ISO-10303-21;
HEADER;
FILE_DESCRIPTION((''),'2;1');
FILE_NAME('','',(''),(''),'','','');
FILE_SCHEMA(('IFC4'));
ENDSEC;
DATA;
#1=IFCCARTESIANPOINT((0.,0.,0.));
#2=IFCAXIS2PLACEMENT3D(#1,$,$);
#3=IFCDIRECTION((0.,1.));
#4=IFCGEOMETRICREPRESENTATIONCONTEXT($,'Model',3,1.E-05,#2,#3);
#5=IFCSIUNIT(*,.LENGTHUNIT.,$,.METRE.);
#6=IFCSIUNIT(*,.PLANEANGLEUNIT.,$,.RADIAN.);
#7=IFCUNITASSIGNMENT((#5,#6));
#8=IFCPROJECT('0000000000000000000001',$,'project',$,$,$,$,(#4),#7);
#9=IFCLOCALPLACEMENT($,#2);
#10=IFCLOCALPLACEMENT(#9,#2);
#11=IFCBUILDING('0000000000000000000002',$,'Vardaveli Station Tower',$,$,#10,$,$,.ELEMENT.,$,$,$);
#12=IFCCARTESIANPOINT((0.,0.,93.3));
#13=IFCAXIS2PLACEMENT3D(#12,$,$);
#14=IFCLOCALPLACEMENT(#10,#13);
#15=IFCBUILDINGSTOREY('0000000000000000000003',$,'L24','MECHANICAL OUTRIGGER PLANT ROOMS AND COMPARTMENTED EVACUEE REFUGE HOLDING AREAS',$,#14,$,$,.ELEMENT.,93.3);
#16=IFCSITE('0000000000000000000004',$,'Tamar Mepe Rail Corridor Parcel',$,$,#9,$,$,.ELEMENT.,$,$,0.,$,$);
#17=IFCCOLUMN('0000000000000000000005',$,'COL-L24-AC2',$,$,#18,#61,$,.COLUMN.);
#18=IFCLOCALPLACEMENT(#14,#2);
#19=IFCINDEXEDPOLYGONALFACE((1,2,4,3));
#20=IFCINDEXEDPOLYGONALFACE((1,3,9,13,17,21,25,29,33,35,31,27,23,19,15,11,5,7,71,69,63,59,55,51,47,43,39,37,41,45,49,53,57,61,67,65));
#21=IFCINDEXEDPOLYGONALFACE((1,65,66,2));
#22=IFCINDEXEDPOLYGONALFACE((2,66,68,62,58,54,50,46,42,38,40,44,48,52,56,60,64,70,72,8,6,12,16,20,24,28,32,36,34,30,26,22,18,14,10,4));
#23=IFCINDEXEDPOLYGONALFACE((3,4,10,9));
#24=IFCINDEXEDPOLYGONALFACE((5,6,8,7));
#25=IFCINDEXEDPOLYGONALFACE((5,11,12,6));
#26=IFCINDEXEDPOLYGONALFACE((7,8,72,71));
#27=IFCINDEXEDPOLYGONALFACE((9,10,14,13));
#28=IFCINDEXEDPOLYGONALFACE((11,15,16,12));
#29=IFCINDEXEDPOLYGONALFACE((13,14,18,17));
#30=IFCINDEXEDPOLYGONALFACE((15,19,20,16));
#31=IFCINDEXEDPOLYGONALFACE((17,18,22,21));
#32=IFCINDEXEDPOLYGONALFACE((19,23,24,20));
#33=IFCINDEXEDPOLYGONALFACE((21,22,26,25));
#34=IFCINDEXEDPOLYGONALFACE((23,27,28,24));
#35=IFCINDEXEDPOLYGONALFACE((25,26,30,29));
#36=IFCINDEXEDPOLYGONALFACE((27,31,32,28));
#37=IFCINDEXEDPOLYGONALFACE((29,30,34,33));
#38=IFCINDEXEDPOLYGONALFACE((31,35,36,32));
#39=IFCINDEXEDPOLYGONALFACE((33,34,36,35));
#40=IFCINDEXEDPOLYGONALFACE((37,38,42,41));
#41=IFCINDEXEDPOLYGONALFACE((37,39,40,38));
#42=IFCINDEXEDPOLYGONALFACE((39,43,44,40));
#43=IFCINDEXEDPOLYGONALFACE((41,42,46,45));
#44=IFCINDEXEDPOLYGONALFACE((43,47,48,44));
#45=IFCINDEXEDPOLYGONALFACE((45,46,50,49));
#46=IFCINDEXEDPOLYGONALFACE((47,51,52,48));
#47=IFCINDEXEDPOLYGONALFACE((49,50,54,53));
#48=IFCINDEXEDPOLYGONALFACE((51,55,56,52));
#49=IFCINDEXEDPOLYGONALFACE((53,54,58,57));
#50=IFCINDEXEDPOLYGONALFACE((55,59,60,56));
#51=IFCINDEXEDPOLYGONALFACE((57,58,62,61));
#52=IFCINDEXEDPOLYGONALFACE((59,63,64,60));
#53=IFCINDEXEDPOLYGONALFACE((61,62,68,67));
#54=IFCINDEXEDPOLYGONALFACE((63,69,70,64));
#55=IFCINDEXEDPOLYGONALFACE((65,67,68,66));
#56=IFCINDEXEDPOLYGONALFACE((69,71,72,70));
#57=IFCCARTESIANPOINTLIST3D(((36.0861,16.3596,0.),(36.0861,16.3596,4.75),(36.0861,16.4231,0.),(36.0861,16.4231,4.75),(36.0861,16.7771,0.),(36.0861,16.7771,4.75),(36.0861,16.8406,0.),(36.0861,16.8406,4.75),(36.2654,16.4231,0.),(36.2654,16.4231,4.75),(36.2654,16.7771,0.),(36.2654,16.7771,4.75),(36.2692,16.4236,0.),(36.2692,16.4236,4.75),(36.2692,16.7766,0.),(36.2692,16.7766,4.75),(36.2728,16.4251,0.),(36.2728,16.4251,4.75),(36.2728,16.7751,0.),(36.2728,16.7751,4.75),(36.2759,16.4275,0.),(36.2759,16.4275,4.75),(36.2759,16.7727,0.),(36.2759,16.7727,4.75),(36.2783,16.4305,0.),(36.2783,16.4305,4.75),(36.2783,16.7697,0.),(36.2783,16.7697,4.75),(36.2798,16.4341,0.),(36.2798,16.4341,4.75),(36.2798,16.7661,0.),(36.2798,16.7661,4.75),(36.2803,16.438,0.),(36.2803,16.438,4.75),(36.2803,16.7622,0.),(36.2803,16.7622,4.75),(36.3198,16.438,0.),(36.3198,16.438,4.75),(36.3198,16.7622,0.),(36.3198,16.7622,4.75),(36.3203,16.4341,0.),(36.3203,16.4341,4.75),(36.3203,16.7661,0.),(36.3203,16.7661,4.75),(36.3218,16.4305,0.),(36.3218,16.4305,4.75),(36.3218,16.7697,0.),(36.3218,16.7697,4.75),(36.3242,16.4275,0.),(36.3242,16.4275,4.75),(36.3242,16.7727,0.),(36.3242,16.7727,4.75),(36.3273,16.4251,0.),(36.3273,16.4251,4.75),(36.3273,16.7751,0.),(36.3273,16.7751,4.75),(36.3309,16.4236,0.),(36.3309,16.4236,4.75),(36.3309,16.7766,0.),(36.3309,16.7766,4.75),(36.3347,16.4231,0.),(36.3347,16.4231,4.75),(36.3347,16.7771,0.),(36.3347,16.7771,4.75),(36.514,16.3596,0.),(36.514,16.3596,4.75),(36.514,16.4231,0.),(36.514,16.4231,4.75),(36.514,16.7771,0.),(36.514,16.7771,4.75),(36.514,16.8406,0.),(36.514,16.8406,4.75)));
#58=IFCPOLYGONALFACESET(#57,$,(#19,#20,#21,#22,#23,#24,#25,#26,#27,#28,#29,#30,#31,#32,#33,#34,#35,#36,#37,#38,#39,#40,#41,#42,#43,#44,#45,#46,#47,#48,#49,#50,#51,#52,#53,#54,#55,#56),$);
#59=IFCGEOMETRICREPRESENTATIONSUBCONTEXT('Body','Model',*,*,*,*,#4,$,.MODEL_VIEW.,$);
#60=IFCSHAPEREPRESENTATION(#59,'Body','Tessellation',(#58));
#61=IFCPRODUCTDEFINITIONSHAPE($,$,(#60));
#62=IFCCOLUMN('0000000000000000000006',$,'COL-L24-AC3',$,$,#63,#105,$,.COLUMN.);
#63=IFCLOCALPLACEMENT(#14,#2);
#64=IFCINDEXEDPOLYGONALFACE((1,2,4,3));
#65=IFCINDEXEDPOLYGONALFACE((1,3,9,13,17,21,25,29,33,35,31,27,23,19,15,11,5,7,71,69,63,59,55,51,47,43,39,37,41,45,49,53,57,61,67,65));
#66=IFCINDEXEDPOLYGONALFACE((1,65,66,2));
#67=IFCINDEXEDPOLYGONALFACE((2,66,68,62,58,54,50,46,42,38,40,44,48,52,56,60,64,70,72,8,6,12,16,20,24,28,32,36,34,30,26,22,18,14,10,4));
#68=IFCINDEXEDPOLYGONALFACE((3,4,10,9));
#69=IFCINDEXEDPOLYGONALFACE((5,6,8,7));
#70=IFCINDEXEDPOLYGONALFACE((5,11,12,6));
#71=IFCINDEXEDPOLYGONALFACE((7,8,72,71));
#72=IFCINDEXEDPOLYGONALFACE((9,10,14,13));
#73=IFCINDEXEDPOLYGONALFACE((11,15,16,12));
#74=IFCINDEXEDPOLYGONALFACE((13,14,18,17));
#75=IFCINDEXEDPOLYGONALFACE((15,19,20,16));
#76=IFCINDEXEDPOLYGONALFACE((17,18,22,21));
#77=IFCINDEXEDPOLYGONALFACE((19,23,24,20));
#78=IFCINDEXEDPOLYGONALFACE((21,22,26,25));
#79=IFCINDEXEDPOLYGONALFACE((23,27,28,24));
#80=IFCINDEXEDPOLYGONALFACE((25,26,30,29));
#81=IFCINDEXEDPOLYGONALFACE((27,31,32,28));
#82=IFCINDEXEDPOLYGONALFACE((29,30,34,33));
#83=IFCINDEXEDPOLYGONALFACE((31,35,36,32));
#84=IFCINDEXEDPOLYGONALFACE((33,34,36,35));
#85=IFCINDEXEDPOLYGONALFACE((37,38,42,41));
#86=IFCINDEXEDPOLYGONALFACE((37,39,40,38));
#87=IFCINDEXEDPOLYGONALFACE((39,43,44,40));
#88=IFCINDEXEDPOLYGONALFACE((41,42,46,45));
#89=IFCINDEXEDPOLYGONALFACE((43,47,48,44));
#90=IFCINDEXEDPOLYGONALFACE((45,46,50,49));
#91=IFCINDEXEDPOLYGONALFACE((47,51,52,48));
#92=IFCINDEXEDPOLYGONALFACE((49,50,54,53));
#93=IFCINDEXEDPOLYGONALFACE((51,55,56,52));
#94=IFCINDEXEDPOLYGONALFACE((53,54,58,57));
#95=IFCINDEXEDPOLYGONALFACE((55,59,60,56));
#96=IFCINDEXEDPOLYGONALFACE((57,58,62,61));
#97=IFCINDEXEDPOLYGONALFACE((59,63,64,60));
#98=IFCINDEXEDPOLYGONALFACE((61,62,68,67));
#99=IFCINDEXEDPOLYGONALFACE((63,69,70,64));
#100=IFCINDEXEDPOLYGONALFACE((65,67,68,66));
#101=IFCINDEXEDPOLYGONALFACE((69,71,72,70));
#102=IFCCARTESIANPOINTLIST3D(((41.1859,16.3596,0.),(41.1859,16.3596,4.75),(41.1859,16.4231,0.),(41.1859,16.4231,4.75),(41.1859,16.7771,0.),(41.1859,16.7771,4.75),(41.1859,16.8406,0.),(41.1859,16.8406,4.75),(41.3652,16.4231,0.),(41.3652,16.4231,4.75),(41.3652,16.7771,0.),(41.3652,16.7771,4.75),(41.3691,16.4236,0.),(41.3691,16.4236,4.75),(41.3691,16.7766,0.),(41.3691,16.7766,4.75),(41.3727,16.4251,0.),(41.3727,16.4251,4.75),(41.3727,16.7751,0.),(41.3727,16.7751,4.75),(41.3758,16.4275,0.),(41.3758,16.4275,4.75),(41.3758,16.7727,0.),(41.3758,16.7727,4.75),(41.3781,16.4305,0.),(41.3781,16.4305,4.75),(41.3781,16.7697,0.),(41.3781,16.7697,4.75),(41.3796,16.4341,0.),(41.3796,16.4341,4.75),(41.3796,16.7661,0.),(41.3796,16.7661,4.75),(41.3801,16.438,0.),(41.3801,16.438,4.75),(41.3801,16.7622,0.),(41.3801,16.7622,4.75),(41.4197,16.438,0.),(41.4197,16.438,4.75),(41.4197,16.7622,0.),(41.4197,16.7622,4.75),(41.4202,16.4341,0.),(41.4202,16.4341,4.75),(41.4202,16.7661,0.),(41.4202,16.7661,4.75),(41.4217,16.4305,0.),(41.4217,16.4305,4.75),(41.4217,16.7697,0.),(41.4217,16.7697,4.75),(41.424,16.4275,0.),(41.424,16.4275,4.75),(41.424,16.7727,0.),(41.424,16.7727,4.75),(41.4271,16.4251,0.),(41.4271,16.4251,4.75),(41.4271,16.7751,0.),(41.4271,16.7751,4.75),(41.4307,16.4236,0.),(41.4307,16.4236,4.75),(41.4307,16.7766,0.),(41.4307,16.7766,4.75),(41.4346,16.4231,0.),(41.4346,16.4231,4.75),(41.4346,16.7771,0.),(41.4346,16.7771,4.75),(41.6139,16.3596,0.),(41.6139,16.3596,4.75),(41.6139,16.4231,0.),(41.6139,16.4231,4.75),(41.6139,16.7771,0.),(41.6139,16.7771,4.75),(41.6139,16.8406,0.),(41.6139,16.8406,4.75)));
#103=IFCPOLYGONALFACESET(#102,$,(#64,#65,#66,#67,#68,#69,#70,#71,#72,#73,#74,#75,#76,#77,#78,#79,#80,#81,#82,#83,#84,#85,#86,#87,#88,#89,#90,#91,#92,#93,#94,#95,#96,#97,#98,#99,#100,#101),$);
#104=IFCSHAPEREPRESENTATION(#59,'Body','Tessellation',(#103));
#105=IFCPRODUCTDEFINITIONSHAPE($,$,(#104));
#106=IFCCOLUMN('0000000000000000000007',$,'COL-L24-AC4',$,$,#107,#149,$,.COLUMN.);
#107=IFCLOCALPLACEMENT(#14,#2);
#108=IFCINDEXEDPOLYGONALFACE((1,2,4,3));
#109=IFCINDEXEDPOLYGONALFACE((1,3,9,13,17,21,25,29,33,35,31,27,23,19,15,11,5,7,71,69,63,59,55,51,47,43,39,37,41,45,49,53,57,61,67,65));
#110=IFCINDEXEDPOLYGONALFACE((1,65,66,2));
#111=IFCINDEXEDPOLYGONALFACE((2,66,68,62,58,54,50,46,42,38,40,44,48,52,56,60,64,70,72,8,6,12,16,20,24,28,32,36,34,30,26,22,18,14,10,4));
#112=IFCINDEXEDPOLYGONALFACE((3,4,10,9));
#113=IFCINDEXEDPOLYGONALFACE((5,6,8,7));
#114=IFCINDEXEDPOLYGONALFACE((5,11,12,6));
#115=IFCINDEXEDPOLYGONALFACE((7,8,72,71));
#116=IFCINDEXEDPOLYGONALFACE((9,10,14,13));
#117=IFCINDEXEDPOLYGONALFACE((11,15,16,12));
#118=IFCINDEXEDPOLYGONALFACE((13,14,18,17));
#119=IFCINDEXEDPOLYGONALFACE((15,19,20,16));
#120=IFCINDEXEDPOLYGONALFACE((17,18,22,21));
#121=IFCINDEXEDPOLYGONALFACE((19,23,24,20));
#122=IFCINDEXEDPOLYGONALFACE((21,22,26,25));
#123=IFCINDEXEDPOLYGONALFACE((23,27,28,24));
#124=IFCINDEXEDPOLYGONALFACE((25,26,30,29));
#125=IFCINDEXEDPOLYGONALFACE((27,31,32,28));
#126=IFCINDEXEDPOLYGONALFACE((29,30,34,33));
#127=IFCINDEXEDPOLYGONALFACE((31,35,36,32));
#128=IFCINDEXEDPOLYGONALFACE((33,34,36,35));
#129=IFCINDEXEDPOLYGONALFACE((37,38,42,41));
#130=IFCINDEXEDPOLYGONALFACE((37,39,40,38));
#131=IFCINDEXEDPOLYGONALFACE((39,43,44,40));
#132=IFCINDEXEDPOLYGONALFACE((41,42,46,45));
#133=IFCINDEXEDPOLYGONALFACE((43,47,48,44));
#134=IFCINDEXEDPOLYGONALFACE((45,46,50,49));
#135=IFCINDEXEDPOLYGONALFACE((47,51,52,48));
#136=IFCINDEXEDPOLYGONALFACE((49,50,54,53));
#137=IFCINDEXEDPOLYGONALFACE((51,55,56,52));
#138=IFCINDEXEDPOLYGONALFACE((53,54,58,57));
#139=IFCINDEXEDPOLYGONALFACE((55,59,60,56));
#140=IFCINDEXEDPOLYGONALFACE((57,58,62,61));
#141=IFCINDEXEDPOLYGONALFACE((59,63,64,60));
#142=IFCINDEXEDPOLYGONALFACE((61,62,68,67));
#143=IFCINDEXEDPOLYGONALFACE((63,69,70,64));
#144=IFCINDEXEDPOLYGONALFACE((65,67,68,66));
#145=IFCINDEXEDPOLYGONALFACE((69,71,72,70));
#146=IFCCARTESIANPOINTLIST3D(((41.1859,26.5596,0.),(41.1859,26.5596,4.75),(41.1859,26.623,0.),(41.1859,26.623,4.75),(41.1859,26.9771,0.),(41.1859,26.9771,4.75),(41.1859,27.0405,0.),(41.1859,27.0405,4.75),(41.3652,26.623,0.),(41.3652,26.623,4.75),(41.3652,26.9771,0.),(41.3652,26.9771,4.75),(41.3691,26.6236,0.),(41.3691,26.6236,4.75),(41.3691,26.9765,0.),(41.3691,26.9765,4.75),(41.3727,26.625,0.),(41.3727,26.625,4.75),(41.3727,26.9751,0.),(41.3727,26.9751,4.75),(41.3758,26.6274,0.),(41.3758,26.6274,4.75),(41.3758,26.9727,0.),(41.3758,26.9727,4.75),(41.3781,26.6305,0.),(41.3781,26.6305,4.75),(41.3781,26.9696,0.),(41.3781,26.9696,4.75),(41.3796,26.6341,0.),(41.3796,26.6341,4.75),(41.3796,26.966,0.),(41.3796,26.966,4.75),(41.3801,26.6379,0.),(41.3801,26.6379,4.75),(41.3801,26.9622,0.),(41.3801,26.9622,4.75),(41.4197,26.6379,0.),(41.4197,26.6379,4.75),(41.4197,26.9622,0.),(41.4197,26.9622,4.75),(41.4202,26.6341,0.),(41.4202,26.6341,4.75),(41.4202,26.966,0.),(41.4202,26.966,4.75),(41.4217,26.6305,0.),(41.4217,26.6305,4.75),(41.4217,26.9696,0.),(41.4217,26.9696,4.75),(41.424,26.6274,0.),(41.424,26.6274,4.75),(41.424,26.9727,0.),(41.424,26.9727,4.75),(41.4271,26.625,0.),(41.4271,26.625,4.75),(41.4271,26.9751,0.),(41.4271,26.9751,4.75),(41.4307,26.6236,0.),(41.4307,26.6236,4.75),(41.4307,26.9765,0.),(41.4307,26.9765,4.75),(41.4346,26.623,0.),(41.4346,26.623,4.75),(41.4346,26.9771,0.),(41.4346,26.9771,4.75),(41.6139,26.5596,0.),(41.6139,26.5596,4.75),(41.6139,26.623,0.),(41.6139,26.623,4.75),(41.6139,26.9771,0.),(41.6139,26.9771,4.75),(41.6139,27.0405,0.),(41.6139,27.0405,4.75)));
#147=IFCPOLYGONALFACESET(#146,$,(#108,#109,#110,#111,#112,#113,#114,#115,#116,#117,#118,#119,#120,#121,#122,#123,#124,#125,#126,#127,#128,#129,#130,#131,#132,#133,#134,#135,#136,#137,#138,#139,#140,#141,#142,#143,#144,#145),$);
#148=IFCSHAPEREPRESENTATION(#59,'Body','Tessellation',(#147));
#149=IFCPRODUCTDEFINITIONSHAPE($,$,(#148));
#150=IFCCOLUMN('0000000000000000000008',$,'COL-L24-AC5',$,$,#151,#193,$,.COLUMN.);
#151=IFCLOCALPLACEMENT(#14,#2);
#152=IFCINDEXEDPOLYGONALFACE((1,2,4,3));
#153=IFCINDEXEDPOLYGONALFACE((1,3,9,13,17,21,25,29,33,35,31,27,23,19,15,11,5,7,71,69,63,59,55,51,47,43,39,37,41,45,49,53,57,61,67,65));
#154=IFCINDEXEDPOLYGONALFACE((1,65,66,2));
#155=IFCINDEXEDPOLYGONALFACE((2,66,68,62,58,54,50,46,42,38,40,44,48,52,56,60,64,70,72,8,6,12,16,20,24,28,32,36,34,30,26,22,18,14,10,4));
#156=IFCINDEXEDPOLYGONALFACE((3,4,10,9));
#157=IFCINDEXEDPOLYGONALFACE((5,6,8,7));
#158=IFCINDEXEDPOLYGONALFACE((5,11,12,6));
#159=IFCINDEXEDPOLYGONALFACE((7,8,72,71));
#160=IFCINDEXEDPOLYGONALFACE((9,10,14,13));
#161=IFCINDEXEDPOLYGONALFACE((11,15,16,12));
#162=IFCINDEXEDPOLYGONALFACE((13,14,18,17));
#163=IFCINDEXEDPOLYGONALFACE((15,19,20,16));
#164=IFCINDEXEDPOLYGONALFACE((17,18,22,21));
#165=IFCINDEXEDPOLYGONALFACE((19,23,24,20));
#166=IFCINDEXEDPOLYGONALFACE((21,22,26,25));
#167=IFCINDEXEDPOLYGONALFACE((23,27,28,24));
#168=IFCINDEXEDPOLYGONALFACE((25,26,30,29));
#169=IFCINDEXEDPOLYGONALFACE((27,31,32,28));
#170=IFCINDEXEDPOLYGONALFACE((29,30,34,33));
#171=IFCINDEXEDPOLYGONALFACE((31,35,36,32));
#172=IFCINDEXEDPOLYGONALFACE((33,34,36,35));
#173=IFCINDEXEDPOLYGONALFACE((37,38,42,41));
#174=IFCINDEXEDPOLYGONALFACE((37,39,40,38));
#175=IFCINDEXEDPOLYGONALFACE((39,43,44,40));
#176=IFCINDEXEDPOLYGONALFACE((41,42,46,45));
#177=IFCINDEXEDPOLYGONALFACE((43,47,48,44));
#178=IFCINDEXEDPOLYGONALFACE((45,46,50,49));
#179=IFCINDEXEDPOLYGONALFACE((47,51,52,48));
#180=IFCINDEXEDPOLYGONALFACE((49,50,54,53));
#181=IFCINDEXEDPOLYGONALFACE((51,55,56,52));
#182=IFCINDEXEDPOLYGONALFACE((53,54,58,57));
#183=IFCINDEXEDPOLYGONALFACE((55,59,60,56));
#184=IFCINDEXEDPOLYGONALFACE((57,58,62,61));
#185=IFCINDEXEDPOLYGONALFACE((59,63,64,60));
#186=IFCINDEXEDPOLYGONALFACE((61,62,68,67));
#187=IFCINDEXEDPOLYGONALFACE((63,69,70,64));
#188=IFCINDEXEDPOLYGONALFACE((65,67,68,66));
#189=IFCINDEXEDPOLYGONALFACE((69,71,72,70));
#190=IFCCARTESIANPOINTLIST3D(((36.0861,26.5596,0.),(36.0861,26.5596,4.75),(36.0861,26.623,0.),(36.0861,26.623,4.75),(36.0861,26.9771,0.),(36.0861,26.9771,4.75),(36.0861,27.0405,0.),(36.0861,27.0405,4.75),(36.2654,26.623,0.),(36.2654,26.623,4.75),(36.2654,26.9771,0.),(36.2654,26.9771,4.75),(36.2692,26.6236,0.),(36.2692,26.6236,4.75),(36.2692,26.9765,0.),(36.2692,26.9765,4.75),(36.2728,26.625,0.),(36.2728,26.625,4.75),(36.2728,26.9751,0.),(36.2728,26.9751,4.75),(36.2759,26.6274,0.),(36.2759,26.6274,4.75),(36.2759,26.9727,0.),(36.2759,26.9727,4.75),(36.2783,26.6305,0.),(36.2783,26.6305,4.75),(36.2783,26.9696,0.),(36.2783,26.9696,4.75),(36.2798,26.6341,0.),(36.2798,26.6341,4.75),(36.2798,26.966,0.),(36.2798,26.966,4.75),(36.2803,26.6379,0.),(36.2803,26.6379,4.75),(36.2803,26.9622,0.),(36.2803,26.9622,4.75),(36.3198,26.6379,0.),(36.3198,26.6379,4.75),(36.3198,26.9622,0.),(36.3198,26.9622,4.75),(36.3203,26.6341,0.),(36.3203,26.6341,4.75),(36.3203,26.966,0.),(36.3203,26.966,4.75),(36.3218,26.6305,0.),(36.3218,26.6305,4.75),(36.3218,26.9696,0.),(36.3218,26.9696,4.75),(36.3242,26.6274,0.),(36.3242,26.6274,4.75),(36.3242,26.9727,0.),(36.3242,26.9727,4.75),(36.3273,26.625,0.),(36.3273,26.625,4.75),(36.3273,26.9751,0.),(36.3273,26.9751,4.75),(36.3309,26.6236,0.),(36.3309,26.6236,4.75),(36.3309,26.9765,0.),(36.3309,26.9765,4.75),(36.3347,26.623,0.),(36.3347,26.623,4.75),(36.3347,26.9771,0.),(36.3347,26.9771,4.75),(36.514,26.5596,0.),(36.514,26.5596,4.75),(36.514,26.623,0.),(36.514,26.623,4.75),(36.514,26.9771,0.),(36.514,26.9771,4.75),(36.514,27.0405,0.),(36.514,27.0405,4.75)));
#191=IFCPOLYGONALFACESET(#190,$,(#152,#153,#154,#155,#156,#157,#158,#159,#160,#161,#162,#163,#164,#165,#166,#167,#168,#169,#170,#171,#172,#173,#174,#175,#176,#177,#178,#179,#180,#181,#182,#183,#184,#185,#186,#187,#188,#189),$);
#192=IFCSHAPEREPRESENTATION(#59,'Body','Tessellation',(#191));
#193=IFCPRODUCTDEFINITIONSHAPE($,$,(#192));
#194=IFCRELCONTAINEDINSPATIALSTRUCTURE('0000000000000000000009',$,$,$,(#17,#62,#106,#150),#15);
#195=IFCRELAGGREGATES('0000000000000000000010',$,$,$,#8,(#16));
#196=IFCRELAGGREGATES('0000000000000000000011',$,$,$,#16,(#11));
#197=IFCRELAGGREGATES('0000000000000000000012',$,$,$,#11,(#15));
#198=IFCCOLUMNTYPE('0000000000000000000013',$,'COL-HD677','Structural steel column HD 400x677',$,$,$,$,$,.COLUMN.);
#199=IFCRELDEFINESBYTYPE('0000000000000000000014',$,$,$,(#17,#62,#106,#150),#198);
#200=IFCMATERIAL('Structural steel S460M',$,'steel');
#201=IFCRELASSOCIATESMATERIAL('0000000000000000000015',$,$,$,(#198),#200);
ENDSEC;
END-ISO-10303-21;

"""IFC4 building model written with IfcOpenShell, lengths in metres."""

from ifc_helpers import new_model, si_unit, direction, frame, origin, origin_2d, place, context, subcontext, project, spatial, i_section, extrude, source, transform, mapped, material, material_profile, profile_set, type_object, element, save


model = new_model("IFC4")

# Units and contexts
model_context = context("Model", 3, precision=1e-05, world=origin(), true_north=direction((0.0, 1.0)))
body_context = subcontext(model_context, "Body", "Model", "MODEL_VIEW")
ifc_project = project(units=[si_unit("LENGTHUNIT", "METRE"), si_unit("PLANEANGLEUNIT", "RADIAN")], contexts=[model_context])

# Site, building, storey
site_placement = place(None, origin())
site = spatial("IfcSite", under=ifc_project, at=site_placement, Name="Tamar Mepe Rail Corridor Parcel", CompositionType="ELEMENT", RefElevation=0.0)
building_placement = place(site_placement, origin())
building = spatial("IfcBuilding", under=site, at=building_placement, Name="Vardaveli Station Tower", CompositionType="ELEMENT")
storey_placement = place(building_placement, frame((0.0, 0.0, 93.3)))
storey = spatial("IfcBuildingStorey", under=building, at=storey_placement, Name="L24", Description="MECHANICAL OUTRIGGER PLANT ROOMS AND COMPARTMENTED EVACUEE REFUGE HOLDING AREAS", CompositionType="ELEMENT", Elevation=93.3)

# Columns
ifc_material_1 = material(Name="Structural steel S460M", Category="steel")
ifc_material_profile_1 = material_profile(ifc_material_1, i_section(OverallWidth=0.428, OverallDepth=0.481, WebThickness=0.0396, FlangeThickness=0.0635, FilletRadius=0.0149, at=origin_2d()), Name="HD 400x677")
ifc_profile_set_1 = profile_set([ifc_material_profile_1], Name="Structural steel S460M")
column_type = type_object("IfcColumnType", Name="COL-HD677", Description="Structural steel column HD 400x677", PredefinedType="COLUMN", material=ifc_profile_set_1)
shared_shape_1 = source(origin(), body_context, "Body", "SweptSolid", [
    extrude(i_section(OverallWidth=0.428, OverallDepth=0.481, WebThickness=0.0396, FlangeThickness=0.0635, FilletRadius=0.0149, at=origin_2d()), origin(), (0.0, 0.0, 1.0), 4.75),
])
for number, where, z_axis, x_axis, name in (
    (1, (36.3, 16.6001, 0.0), (0.0, 0.0, 1.0), (1.0, 0.0, 0.0), "COL-L24-AC2"),
    (2, (41.3999, 16.6001, 0.0), (0.0, 0.0, 1.0), (1.0, 0.0, 0.0), "COL-L24-AC3"),
    (3, (41.3999, 26.8, 0.0), (0.0, 0.0, 1.0), (1.0, 0.0, 0.0), "COL-L24-AC4"),
    (4, (36.3, 26.8, 0.0), (0.0, 0.0, 1.0), (1.0, 0.0, 0.0), "COL-L24-AC5"),
):
    element("IfcColumn", number, at=place(storey_placement, frame(where, z_axis=z_axis, x_axis=x_axis)), inside=storey, type_object=column_type, Name=name, PredefinedType="COLUMN", context=body_context, shape_type="MappedRepresentation", body=[
        mapped(shared_shape_1, transform((0.0, 0.0, 0.0), scale=1.0)),
    ])

save(model, "model.ifc")
